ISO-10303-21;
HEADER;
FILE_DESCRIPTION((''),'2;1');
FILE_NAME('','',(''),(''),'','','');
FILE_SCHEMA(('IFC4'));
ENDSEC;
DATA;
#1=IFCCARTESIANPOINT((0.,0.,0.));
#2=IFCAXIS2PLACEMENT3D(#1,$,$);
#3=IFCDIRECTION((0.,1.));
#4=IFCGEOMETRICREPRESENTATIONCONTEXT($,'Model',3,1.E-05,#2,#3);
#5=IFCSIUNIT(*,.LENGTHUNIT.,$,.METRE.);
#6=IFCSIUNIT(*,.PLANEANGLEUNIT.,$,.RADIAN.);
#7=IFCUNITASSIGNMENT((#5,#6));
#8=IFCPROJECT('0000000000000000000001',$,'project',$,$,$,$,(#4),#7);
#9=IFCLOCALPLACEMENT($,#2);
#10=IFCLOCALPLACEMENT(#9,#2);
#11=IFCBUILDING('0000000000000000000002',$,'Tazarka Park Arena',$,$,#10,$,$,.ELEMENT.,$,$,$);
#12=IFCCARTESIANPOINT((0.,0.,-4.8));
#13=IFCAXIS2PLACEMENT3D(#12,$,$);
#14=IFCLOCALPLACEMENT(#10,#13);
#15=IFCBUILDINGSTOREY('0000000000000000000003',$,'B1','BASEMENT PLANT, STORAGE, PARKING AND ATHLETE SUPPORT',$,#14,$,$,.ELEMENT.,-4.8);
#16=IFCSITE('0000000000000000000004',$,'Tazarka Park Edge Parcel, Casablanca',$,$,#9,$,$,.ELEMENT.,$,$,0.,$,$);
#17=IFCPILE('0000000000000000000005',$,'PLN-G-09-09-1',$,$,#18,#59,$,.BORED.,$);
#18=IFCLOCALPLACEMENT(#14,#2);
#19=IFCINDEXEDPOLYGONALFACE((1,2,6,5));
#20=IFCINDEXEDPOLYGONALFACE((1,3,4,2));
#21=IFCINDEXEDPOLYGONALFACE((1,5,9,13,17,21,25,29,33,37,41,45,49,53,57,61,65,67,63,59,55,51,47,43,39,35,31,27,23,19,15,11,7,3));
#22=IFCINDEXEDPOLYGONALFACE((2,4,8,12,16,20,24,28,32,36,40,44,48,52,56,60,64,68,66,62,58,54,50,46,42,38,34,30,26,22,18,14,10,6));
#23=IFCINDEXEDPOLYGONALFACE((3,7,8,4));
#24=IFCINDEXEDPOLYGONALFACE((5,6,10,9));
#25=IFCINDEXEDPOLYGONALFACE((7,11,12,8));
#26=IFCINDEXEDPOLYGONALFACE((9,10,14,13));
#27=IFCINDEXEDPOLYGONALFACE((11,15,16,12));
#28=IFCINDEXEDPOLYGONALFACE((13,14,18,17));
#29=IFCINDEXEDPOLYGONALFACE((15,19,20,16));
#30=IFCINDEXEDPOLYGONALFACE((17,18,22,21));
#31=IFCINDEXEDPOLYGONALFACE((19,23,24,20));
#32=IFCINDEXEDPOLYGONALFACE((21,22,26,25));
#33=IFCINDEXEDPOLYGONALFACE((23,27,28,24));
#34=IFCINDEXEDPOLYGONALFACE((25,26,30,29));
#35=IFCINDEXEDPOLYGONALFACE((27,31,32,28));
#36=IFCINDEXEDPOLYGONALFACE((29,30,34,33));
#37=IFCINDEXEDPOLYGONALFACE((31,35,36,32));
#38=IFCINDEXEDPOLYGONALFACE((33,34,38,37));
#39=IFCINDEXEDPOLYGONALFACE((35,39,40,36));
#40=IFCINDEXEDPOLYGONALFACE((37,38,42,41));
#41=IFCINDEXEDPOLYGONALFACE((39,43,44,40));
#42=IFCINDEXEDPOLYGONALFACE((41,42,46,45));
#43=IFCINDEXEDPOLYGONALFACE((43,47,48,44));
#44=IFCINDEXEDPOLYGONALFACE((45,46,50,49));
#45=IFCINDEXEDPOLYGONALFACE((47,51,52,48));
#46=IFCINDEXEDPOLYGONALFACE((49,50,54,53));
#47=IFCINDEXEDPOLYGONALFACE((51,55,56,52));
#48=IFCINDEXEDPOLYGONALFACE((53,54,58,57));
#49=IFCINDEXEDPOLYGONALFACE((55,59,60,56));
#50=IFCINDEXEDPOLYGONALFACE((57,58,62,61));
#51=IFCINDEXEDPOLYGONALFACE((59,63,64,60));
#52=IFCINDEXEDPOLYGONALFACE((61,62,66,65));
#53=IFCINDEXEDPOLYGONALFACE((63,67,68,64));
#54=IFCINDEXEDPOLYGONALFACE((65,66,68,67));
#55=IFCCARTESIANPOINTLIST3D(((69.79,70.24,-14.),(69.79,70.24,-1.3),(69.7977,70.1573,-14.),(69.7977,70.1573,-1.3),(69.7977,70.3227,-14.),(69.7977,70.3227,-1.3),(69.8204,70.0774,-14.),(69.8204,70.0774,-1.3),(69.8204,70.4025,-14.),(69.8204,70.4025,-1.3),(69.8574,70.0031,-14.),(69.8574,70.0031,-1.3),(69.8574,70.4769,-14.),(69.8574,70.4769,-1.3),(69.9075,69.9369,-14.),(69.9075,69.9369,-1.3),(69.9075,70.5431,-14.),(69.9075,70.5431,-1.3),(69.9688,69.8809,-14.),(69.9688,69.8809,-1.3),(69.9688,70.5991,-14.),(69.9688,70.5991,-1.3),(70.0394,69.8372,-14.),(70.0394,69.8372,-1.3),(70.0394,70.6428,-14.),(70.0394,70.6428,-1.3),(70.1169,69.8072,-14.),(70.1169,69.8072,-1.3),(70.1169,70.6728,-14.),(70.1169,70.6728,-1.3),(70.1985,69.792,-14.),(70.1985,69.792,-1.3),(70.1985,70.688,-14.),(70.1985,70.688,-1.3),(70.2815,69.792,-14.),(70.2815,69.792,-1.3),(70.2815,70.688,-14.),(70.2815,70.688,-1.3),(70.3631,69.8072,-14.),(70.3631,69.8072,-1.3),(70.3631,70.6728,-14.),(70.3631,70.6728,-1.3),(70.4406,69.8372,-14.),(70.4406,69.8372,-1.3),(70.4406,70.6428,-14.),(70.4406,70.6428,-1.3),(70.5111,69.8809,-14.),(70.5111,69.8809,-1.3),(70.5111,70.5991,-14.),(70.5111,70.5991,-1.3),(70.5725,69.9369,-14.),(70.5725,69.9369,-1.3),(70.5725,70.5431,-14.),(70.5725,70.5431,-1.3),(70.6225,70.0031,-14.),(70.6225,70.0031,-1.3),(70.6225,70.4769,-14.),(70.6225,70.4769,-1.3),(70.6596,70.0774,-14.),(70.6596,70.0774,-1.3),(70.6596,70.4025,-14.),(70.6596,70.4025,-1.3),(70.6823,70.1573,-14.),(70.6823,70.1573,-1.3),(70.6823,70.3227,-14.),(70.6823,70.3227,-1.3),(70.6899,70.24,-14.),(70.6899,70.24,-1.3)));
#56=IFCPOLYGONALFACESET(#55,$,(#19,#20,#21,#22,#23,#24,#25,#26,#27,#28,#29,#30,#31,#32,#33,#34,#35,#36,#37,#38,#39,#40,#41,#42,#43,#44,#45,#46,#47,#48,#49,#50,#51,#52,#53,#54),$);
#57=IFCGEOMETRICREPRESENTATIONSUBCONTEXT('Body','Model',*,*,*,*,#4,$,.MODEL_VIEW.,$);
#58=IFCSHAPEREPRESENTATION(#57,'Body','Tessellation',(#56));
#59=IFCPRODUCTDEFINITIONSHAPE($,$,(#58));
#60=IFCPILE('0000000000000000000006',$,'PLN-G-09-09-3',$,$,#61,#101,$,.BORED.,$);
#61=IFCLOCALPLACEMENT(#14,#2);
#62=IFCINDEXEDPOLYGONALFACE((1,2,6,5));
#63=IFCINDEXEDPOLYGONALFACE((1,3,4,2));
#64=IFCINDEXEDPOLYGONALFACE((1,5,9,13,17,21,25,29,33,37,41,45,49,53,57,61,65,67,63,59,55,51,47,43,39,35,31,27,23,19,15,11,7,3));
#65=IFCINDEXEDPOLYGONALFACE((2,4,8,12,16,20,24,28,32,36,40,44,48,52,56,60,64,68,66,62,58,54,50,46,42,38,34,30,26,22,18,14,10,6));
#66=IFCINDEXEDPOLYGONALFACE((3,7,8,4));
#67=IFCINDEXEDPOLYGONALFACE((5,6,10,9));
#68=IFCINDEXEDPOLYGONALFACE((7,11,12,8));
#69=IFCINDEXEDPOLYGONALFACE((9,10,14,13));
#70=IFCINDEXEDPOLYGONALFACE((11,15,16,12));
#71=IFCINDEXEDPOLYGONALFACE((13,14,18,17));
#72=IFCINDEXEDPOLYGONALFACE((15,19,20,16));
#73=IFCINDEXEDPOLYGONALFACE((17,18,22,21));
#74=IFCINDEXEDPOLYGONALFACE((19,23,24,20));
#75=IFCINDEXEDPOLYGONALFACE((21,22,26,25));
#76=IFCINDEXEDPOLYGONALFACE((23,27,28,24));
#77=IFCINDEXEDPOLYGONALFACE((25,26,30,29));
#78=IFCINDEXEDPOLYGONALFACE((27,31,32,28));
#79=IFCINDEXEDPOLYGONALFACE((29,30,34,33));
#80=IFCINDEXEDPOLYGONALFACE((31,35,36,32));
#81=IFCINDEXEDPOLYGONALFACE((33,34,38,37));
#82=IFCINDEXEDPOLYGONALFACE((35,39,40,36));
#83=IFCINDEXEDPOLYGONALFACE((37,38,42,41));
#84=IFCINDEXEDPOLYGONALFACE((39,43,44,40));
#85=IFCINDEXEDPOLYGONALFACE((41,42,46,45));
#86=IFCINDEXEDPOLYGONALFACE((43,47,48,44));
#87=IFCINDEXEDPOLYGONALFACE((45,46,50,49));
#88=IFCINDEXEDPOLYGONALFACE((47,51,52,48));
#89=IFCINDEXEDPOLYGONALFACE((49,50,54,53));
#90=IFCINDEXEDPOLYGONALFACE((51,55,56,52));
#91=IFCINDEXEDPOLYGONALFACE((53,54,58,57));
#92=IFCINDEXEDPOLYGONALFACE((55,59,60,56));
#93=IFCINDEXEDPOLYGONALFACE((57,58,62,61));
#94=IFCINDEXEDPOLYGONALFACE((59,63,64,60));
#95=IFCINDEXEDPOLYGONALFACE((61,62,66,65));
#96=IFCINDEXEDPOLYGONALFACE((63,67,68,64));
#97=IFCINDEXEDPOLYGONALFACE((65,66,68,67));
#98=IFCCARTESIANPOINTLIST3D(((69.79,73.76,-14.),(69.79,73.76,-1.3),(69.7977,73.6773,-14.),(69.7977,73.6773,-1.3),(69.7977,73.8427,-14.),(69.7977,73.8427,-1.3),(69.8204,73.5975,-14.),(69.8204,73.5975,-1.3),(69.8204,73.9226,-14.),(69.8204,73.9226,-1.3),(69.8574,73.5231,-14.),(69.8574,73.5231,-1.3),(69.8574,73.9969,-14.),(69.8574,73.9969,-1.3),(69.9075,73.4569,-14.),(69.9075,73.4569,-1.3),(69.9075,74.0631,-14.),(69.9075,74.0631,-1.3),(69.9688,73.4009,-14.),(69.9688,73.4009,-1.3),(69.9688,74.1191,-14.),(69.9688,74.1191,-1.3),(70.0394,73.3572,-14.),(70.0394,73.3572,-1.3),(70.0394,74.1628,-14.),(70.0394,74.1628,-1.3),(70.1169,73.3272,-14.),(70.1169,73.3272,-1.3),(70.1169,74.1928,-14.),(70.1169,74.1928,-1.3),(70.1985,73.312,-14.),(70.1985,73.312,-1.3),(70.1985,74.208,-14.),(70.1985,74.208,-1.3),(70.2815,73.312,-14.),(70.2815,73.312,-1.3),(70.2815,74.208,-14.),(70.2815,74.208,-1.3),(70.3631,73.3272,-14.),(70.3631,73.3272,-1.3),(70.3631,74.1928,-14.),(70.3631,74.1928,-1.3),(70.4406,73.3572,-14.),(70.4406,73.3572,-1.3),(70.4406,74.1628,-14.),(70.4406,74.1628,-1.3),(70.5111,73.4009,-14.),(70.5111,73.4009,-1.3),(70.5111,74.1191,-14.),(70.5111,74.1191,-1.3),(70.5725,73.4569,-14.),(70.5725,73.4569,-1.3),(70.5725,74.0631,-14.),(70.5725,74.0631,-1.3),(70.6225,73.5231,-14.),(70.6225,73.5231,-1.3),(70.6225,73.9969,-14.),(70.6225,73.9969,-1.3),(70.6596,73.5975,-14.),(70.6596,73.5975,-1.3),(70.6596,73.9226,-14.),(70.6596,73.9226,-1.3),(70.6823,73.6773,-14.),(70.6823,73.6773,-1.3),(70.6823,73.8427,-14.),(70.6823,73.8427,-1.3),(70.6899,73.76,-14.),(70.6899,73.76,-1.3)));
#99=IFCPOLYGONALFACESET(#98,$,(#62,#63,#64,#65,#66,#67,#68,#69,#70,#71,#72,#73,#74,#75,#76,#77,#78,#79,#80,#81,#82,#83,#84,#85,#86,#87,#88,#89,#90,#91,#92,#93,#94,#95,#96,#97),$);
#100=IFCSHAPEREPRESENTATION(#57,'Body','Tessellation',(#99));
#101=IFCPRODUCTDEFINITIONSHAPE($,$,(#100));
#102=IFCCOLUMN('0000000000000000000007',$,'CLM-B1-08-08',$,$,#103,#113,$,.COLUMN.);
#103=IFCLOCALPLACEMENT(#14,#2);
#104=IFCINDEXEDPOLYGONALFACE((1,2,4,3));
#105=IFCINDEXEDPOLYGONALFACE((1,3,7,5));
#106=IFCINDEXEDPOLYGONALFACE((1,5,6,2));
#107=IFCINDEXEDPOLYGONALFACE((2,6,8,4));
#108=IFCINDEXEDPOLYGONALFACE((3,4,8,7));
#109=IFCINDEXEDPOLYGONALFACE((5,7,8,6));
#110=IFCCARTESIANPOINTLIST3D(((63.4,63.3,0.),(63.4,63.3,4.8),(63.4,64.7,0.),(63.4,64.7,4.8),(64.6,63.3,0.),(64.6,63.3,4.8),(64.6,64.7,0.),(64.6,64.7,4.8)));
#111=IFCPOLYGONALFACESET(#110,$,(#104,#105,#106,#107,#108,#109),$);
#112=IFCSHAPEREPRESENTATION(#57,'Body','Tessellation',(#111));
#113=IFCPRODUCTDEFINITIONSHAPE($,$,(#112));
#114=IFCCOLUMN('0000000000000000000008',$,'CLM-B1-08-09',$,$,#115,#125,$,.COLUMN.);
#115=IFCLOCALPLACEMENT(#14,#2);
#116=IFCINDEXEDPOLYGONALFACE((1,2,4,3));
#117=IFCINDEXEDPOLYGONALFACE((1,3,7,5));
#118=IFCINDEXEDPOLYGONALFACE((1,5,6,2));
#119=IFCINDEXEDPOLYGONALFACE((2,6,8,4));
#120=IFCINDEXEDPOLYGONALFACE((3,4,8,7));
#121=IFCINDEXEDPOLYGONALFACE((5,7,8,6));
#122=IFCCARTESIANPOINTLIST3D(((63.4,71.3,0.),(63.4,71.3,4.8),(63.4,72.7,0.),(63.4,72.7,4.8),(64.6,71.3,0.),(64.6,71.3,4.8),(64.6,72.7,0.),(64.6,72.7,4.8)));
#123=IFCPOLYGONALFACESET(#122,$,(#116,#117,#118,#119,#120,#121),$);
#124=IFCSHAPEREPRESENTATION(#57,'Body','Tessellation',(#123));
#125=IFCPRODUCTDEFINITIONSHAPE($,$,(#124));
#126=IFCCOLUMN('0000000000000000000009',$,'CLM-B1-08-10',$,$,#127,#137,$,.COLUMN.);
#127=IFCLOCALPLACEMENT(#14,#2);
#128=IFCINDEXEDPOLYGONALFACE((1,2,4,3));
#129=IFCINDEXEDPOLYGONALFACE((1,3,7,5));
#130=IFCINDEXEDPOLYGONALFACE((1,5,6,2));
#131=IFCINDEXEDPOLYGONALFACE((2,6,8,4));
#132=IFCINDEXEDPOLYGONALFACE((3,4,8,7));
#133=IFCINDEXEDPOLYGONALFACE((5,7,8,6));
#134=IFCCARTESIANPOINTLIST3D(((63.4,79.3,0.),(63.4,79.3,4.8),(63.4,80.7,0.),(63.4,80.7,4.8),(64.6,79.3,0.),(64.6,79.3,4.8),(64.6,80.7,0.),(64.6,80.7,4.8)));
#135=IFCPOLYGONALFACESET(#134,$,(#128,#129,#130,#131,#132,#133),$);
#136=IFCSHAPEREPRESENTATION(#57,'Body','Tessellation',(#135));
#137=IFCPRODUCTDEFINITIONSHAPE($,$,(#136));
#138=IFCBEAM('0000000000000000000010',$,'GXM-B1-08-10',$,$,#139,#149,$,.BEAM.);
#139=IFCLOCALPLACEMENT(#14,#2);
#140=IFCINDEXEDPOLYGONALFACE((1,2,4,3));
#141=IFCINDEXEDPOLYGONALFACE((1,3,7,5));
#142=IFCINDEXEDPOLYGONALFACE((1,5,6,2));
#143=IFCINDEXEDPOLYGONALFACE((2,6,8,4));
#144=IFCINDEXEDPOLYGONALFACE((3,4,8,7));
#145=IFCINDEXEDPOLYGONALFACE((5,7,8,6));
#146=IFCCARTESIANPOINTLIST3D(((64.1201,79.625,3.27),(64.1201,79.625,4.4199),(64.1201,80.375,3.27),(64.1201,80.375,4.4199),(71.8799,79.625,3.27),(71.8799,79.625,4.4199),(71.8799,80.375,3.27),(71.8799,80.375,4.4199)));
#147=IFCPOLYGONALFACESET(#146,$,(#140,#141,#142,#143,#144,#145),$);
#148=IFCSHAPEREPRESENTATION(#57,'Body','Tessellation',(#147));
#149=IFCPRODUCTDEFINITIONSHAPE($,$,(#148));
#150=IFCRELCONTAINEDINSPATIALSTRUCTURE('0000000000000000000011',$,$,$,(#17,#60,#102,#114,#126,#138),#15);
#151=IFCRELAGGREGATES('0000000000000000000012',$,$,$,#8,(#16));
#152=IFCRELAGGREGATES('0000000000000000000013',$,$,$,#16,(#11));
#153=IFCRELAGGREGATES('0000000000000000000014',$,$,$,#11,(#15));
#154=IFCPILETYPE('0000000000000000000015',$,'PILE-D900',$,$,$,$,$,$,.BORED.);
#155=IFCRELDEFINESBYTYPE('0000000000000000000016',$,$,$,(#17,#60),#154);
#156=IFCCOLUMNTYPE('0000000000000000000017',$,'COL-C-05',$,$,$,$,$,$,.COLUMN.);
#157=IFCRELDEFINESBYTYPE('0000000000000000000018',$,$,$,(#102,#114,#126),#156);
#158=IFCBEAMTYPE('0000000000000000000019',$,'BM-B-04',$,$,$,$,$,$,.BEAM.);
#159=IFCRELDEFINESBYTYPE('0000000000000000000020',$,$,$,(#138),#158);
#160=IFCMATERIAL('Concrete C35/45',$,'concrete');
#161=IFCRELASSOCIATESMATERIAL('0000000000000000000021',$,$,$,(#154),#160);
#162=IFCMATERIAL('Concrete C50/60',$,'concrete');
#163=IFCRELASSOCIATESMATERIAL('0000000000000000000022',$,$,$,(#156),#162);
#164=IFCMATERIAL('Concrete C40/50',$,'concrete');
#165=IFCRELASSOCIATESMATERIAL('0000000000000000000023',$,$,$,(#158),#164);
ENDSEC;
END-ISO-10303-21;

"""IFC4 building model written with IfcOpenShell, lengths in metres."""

from ifc_helpers import new_model, si_unit, direction, frame, origin, origin_2d, place, context, subcontext, project, spatial, rectangle, circle, extrude, material, material_profile, profile_set, type_object, element, save


model = new_model("IFC4")

# Units and contexts
model_context = context("Model", 3, precision=1e-05, world=origin(), true_north=direction((0.0, 1.0)))
body_context = subcontext(model_context, "Body", "Model", "MODEL_VIEW")
ifc_project = project(units=[si_unit("LENGTHUNIT", "METRE"), si_unit("PLANEANGLEUNIT", "RADIAN")], contexts=[model_context])

# Site, building, storey
site_placement = place(None, origin())
site = spatial("IfcSite", under=ifc_project, at=site_placement, Name="Tazarka Park Edge Parcel, Casablanca", CompositionType="ELEMENT", RefElevation=0.0)
building_placement = place(site_placement, origin())
building = spatial("IfcBuilding", under=site, at=building_placement, Name="Tazarka Park Arena", CompositionType="ELEMENT")
storey_placement = place(building_placement, frame((0.0, 0.0, -4.8)))
storey = spatial("IfcBuildingStorey", under=building, at=storey_placement, Name="B1", Description="BASEMENT PLANT, STORAGE, PARKING AND ATHLETE SUPPORT", CompositionType="ELEMENT", Elevation=-4.8)

# Piles
ifc_material_1 = material(Name="Concrete C35/45", Category="concrete")
ifc_material_profile_1 = material_profile(ifc_material_1, circle(Radius=0.45, at=origin_2d()), Name="Concrete C35/45")
ifc_profile_set_1 = profile_set([ifc_material_profile_1], Name="Concrete C35/45")
pile_type_1 = type_object("IfcPileType", Name="PILE-D900", PredefinedType="BORED", material=ifc_profile_set_1)
for number, where, z_axis, x_axis, name in (
    (1, (70.24, 70.24, -1.3), (0.0, 0.0, -1.0), (1.0, 0.0, 0.0), "PLN-G-09-09-1"),
    (2, (70.24, 73.76, -1.3), (0.0, 0.0, -1.0), (1.0, 0.0, 0.0), "PLN-G-09-09-3"),
):
    element("IfcPile", number, at=place(storey_placement, frame(where, z_axis=z_axis, x_axis=x_axis)), inside=storey, type_object=pile_type_1, Name=name, PredefinedType="BORED", context=body_context, shape_type="SweptSolid", body=[
        extrude(circle(Radius=0.45, at=origin_2d()), origin(), (0.0, 0.0, 1.0), 12.7),
    ])

# Columns
ifc_material_2 = material(Name="Concrete C50/60", Category="concrete")
ifc_material_profile_2 = material_profile(ifc_material_2, rectangle(XDim=1.2, YDim=1.3999, at=origin_2d()), Name="Concrete C50/60")
ifc_profile_set_2 = profile_set([ifc_material_profile_2], Name="Concrete C50/60")
column_type = type_object("IfcColumnType", Name="COL-C-05", PredefinedType="COLUMN", material=ifc_profile_set_2)
for number, where, z_axis, x_axis, name in (
    (3, (64.0, 64.0, 0.0), (0.0, 0.0, 1.0), (1.0, 0.0, 0.0), "CLM-B1-08-08"),
    (4, (64.0, 72.0, 0.0), (0.0, 0.0, 1.0), (1.0, 0.0, 0.0), "CLM-B1-08-09"),
    (5, (64.0, 80.0, 0.0), (0.0, 0.0, 1.0), (1.0, 0.0, 0.0), "CLM-B1-08-10"),
):
    element("IfcColumn", number, at=place(storey_placement, frame(where, z_axis=z_axis, x_axis=x_axis)), inside=storey, type_object=column_type, Name=name, PredefinedType="COLUMN", context=body_context, shape_type="SweptSolid", body=[
        extrude(rectangle(XDim=1.2, YDim=1.3999, at=origin_2d()), origin(), (0.0, 0.0, 1.0), 4.8),
    ])

# Beam
ifc_material_3 = material(Name="Concrete C40/50", Category="concrete")
ifc_material_profile_3 = material_profile(ifc_material_3, rectangle(XDim=0.75, YDim=1.1499, at=origin_2d()), Name="Concrete C40/50")
ifc_profile_set_3 = profile_set([ifc_material_profile_3], Name="Concrete C40/50")
beam_type = type_object("IfcBeamType", Name="BM-B-04", PredefinedType="BEAM", material=ifc_profile_set_3)
beam_placement = place(storey_placement, frame((64.1201, 80.0, 3.845), z_axis=(1.0, 0.0, 0.0), x_axis=(0.0, 1.0, 0.0)))
element("IfcBeam", 6, at=beam_placement, inside=storey, type_object=beam_type, Name="GXM-B1-08-10", PredefinedType="BEAM", context=body_context, shape_type="SweptSolid", body=[
    extrude(rectangle(XDim=0.75, YDim=1.1499, at=origin_2d()), origin(), (0.0, 0.0, 1.0), 7.7598),
])

save(model, "model.ifc")
